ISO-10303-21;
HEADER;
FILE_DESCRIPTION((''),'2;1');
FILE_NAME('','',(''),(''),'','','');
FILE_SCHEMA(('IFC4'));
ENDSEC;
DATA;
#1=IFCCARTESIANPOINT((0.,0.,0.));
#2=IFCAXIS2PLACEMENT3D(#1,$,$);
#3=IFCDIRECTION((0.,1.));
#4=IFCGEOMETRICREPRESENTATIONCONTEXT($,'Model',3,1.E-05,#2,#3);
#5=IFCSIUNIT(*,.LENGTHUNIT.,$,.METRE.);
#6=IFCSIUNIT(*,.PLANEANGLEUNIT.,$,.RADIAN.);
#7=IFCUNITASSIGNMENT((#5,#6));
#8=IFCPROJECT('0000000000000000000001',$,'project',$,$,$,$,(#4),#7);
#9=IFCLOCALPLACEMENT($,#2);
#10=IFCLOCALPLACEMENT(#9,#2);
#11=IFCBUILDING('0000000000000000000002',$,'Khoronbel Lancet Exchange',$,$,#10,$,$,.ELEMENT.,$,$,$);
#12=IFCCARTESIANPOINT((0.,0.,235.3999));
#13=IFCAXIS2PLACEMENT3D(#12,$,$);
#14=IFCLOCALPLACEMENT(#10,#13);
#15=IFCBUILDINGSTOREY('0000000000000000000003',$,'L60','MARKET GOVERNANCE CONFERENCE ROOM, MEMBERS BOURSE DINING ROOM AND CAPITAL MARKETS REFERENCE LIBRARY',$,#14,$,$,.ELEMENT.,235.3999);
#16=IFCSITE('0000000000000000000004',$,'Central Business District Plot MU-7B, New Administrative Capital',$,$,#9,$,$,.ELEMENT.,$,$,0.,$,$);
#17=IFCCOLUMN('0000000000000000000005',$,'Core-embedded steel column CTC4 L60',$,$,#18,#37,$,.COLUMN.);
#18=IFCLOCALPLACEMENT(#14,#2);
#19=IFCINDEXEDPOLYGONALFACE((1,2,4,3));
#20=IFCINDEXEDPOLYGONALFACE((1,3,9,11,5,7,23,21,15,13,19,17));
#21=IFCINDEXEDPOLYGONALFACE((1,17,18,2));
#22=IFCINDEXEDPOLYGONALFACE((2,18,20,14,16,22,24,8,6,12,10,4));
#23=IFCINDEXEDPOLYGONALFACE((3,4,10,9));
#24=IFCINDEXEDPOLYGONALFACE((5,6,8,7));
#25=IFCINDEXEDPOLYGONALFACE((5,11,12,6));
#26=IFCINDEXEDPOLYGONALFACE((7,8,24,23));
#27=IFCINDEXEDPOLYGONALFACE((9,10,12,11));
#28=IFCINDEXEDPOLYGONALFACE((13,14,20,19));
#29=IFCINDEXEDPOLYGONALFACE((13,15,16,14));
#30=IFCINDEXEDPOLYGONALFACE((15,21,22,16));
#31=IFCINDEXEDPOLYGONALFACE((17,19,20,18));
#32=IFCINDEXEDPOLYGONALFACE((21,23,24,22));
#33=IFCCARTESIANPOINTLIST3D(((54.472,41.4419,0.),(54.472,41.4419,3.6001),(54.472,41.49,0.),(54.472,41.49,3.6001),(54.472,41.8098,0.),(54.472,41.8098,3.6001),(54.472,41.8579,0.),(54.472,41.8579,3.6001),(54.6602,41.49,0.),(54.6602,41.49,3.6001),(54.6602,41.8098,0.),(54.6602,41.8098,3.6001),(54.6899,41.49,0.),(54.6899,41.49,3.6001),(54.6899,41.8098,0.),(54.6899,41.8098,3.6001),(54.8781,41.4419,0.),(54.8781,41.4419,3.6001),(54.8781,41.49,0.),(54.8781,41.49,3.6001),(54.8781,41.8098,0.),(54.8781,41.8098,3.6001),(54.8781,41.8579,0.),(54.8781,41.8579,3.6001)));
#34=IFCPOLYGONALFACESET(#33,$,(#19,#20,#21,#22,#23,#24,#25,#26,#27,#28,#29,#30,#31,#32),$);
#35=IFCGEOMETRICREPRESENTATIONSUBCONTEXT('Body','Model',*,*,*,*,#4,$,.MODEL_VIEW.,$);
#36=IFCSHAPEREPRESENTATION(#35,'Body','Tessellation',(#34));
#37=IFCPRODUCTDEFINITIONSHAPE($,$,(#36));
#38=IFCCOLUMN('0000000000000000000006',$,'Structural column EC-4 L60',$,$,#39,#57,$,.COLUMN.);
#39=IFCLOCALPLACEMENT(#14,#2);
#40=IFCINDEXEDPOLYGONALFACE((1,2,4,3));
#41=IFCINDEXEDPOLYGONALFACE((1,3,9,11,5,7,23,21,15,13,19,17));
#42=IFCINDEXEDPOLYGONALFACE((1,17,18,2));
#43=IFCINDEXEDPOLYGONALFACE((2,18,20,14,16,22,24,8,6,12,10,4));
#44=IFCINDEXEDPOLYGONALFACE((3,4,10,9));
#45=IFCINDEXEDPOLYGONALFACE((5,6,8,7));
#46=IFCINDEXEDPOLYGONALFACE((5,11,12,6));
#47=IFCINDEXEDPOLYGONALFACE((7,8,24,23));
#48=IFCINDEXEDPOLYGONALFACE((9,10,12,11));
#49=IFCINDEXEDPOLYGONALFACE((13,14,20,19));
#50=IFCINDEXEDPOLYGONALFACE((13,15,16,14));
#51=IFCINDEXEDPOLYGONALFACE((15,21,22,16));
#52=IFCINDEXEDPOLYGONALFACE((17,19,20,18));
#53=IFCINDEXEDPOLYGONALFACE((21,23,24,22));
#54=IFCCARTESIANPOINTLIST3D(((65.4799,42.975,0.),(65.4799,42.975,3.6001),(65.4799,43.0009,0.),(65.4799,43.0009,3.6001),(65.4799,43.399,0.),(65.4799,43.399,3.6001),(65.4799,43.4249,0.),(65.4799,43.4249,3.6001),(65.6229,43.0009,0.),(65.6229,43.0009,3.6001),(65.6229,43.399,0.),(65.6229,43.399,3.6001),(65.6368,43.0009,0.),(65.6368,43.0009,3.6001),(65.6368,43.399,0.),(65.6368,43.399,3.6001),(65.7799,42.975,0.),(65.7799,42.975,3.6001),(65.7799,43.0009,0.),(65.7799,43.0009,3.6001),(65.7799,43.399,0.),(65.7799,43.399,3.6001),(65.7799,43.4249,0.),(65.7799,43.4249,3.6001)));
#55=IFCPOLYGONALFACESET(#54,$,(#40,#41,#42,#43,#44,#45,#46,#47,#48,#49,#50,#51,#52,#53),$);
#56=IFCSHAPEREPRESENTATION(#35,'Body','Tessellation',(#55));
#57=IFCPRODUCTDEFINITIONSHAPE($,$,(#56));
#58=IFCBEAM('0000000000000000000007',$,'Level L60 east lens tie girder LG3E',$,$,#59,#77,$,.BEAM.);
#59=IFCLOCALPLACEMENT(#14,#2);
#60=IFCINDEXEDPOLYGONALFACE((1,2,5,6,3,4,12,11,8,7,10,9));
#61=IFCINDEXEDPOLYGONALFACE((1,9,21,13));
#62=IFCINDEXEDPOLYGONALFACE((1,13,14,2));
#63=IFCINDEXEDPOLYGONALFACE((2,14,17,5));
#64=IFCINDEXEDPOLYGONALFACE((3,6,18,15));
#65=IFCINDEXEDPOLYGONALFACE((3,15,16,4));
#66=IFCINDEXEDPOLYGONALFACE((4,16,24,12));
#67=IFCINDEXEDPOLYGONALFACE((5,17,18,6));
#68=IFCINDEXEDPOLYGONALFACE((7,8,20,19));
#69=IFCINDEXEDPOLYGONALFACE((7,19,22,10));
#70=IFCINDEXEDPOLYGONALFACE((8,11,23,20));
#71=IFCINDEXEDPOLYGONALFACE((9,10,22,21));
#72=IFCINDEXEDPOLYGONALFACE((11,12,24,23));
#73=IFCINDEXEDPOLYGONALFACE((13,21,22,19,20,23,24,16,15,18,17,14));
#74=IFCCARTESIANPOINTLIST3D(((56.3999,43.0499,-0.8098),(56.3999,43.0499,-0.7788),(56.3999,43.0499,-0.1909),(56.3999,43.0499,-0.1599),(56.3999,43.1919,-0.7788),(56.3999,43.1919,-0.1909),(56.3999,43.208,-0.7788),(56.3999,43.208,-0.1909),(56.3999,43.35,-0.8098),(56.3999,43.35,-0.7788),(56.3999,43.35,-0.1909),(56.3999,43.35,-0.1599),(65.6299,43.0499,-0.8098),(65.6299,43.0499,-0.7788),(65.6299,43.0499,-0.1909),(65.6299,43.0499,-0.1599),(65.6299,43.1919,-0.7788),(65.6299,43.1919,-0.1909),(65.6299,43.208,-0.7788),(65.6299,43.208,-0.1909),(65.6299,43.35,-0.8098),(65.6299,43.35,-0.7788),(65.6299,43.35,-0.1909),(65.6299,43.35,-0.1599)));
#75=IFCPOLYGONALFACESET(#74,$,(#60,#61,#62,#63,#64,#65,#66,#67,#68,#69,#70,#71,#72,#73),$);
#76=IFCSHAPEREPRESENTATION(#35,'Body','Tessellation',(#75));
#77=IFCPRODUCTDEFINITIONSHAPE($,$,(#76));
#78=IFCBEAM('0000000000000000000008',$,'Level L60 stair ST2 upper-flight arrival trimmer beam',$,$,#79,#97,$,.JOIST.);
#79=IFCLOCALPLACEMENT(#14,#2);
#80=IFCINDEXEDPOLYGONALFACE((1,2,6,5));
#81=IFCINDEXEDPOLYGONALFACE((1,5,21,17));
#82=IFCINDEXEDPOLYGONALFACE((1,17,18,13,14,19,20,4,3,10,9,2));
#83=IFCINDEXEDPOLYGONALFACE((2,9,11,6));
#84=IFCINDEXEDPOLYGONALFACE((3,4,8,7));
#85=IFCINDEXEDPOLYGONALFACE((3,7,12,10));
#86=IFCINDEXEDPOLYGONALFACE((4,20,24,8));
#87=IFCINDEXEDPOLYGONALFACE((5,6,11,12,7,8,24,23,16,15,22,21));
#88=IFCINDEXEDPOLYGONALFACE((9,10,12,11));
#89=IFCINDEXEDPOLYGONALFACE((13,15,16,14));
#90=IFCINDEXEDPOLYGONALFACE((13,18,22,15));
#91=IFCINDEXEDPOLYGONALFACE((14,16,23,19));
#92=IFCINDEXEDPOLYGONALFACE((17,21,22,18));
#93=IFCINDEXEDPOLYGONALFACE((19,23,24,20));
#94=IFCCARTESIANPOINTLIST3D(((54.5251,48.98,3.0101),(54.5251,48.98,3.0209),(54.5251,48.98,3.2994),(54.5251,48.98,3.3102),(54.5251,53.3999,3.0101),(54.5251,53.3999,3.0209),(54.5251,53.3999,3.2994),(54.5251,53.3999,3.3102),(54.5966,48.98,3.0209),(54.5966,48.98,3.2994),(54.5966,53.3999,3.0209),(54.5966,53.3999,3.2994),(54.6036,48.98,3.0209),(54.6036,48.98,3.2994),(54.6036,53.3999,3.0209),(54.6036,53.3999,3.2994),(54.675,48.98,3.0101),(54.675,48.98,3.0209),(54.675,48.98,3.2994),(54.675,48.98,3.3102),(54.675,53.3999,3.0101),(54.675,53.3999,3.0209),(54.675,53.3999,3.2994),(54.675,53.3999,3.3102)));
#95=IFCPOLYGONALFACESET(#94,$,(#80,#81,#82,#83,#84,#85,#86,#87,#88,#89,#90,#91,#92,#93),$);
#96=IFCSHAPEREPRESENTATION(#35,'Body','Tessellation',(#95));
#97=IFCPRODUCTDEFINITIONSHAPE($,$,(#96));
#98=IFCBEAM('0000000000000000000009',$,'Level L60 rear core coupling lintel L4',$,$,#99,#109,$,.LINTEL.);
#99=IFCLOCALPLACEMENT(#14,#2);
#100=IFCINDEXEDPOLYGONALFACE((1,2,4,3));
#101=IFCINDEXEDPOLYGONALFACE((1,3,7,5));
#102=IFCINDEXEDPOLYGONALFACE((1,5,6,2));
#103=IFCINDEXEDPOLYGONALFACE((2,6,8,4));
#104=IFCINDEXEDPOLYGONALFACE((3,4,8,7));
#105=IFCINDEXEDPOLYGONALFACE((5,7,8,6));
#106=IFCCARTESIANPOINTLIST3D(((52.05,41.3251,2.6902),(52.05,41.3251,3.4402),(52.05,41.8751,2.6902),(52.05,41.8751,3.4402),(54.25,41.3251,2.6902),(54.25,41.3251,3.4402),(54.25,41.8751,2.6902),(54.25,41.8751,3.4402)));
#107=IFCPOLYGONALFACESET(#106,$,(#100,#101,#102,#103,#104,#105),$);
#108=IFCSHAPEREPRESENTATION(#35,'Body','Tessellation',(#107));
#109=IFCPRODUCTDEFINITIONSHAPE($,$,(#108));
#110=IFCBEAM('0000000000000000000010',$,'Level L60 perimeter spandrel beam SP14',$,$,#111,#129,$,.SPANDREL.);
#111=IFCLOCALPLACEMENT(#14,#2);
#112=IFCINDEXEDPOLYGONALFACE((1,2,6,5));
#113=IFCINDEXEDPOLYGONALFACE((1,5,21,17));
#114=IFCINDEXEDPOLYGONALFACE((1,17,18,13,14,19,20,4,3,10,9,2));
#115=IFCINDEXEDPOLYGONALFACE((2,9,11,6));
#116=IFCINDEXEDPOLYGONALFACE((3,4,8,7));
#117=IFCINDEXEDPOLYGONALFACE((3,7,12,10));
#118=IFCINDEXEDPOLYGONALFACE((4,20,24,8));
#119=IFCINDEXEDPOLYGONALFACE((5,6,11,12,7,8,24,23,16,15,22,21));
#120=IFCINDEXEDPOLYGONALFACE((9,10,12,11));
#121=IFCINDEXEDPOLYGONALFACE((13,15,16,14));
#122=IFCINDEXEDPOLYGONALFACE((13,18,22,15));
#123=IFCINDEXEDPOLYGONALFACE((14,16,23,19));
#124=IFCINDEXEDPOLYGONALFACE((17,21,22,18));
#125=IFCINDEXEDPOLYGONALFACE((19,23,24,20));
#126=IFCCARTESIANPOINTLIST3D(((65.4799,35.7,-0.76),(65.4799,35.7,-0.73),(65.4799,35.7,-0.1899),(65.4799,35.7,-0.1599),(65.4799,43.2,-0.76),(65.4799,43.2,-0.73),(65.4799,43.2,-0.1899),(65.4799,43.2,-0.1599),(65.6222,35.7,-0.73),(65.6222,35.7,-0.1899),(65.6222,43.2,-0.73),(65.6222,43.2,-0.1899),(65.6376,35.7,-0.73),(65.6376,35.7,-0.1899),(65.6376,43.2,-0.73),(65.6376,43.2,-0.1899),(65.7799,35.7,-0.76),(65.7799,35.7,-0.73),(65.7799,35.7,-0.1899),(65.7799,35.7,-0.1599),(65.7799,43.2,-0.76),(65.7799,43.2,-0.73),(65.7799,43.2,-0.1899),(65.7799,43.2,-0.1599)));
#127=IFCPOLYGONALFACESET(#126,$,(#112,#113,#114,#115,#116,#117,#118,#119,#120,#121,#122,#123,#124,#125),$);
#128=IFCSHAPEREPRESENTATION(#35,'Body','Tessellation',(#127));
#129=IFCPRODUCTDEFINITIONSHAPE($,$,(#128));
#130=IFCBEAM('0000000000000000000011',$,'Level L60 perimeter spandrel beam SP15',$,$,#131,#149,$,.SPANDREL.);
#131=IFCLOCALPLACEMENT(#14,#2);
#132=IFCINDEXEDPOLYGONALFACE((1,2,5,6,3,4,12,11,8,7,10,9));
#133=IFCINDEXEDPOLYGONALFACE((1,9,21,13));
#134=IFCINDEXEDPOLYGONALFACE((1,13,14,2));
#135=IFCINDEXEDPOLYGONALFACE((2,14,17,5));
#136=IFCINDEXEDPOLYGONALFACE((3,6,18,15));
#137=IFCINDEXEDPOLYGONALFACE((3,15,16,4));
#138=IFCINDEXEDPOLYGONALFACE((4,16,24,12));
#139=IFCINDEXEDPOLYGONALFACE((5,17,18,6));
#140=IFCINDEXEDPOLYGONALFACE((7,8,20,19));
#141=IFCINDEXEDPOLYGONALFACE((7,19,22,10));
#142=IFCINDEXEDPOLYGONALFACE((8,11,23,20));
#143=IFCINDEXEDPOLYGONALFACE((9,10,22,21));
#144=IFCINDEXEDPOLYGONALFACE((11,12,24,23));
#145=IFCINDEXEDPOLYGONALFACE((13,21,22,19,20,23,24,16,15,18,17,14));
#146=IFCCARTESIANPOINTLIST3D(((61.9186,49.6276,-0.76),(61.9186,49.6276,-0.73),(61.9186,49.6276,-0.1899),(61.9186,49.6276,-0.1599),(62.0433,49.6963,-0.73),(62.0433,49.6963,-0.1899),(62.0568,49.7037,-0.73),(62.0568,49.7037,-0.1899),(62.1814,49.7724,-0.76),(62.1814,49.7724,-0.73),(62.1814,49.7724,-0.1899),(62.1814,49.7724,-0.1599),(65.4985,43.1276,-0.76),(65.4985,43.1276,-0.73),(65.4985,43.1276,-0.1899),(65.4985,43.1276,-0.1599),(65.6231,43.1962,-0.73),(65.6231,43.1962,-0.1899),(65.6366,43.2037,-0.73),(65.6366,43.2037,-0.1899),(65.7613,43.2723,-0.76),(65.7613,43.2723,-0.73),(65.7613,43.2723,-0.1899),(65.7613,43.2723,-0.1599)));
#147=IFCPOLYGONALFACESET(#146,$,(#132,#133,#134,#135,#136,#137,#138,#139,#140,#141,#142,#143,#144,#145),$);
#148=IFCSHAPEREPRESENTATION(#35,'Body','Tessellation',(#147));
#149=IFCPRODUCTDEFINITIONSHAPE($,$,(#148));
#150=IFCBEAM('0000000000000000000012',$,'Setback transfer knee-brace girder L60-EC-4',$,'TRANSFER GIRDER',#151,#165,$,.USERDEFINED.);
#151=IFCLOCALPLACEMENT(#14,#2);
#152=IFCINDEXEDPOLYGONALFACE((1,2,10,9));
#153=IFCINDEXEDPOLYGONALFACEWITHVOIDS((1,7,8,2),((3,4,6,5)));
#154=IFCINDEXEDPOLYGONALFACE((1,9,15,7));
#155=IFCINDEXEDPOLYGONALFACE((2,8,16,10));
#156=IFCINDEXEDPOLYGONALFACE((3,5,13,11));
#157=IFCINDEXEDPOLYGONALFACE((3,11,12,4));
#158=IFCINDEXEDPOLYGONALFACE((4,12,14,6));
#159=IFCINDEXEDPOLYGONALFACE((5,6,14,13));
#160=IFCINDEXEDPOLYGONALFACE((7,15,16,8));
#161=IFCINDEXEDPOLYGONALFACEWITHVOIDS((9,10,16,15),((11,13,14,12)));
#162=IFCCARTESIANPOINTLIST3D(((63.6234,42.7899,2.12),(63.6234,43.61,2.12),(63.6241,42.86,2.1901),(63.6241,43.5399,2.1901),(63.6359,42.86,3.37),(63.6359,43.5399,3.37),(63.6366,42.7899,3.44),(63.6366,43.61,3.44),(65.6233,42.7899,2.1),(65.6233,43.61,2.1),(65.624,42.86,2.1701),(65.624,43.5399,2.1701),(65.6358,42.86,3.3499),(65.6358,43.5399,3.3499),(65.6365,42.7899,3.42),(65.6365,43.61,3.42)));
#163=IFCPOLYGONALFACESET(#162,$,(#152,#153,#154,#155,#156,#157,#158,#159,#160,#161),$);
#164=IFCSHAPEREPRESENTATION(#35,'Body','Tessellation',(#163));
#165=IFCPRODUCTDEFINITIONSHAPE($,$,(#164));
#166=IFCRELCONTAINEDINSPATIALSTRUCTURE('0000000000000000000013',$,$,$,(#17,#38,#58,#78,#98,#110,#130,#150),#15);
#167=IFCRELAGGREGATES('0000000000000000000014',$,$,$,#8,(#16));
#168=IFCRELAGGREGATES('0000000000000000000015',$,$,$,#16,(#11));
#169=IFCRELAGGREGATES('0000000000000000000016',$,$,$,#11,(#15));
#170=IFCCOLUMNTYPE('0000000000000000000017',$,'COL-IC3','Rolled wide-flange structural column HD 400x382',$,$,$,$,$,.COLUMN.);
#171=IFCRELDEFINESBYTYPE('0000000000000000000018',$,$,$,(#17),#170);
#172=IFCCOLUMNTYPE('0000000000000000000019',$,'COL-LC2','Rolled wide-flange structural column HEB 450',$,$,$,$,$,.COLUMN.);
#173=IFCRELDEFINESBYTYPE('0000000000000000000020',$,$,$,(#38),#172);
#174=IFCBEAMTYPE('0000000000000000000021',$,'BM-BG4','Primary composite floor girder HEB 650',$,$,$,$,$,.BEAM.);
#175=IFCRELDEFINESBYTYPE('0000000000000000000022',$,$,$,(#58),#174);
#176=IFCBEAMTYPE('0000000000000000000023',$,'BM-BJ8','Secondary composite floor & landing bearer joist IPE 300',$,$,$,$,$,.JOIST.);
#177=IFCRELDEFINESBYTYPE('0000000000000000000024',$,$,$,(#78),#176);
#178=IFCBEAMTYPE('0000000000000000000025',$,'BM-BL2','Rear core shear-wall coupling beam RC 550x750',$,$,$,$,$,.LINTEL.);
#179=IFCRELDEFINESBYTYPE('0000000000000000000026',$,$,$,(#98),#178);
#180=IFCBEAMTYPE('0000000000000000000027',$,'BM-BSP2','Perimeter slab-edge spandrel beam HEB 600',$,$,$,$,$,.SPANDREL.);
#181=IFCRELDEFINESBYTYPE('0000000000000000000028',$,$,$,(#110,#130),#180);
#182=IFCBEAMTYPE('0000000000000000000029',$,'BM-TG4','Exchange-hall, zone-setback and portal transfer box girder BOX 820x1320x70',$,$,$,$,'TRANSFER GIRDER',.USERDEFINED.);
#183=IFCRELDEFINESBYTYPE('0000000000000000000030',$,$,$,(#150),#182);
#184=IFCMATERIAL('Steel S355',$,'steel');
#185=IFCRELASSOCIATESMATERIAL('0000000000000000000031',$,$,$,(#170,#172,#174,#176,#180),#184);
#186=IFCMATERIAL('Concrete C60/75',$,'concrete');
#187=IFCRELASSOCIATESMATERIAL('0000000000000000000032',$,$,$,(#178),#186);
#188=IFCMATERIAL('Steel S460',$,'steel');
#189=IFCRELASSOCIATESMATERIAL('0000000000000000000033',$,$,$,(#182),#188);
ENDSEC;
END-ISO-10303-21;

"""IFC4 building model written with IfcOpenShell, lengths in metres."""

from ifc_helpers import new_model, si_unit, direction, frame, origin, origin_2d, place, context, subcontext, project, spatial, rectangle, hollow_rectangle, i_section, extrude, material, material_profile, profile_set, type_object, element, save


model = new_model("IFC4")

# Units and contexts
model_context = context("Model", 3, precision=1e-05, world=origin(), true_north=direction((0.0, 1.0)))
body_context = subcontext(model_context, "Body", "Model", "MODEL_VIEW")
ifc_project = project(units=[si_unit("LENGTHUNIT", "METRE"), si_unit("PLANEANGLEUNIT", "RADIAN")], contexts=[model_context])

# Site, building, storey
site_placement = place(None, origin())
site = spatial("IfcSite", under=ifc_project, at=site_placement, Name="Central Business District Plot MU-7B, New Administrative Capital", CompositionType="ELEMENT", RefElevation=0.0)
building_placement = place(site_placement, origin())
building = spatial("IfcBuilding", under=site, at=building_placement, Name="Khoronbel Lancet Exchange", CompositionType="ELEMENT")
storey_placement = place(building_placement, frame((0.0, 0.0, 235.3999)))
storey = spatial("IfcBuildingStorey", under=building, at=storey_placement, Name="L60", Description="MARKET GOVERNANCE CONFERENCE ROOM, MEMBERS BOURSE DINING ROOM AND CAPITAL MARKETS REFERENCE LIBRARY", CompositionType="ELEMENT", Elevation=235.3999)

# Columns
ifc_material_1 = material(Name="Steel S355", Category="steel")
ifc_material_profile_1 = material_profile(ifc_material_1, i_section(OverallWidth=0.406, OverallDepth=0.416, WebThickness=0.0298, FlangeThickness=0.0481, at=origin_2d()), Name="HD 400x382")
ifc_profile_set_1 = profile_set([ifc_material_profile_1], Name="Steel S355")
column_type_1 = type_object("IfcColumnType", Name="COL-IC3", Description="Rolled wide-flange structural column HD 400x382", PredefinedType="COLUMN", material=ifc_profile_set_1)
column_1_placement = place(storey_placement, frame((54.675, 41.6499, 0.0), z_axis=(0.0, 0.0, 1.0), x_axis=(1.0, 0.0, 0.0)))
element("IfcColumn", 1, at=column_1_placement, inside=storey, type_object=column_type_1, Name="Core-embedded steel column CTC4 L60", PredefinedType="COLUMN", context=body_context, shape_type="SweptSolid", body=[
    extrude(i_section(OverallWidth=0.406, OverallDepth=0.416, WebThickness=0.0298, FlangeThickness=0.0481, at=origin_2d()), origin(), (0.0, 0.0, 1.0), 3.6001),
])
ifc_material_profile_2 = material_profile(ifc_material_1, i_section(OverallWidth=0.3, OverallDepth=0.45, WebThickness=0.0139, FlangeThickness=0.0259, at=origin_2d()), Name="HEB 450")
ifc_profile_set_2 = profile_set([ifc_material_profile_2], Name="Steel S355")
column_type_2 = type_object("IfcColumnType", Name="COL-LC2", Description="Rolled wide-flange structural column HEB 450", PredefinedType="COLUMN", material=ifc_profile_set_2)
column_2_placement = place(storey_placement, frame((65.6299, 43.2, 0.0), z_axis=(0.0, 0.0, 1.0), x_axis=(1.0, 0.0, 0.0)))
element("IfcColumn", 2, at=column_2_placement, inside=storey, type_object=column_type_2, Name="Structural column EC-4 L60", PredefinedType="COLUMN", context=body_context, shape_type="SweptSolid", body=[
    extrude(i_section(OverallWidth=0.3, OverallDepth=0.45, WebThickness=0.0139, FlangeThickness=0.0259, at=origin_2d()), origin(), (0.0, 0.0, 1.0), 3.6001),
])

# Beams
ifc_material_profile_3 = material_profile(ifc_material_1, i_section(OverallWidth=0.3, OverallDepth=0.6499, WebThickness=0.0161, FlangeThickness=0.031, at=origin_2d()), Name="HEB 650")
ifc_profile_set_3 = profile_set([ifc_material_profile_3], Name="Steel S355")
beam_type_1 = type_object("IfcBeamType", Name="BM-BG4", Description="Primary composite floor girder HEB 650", PredefinedType="BEAM", material=ifc_profile_set_3)
beam_1_placement = place(storey_placement, frame((56.3999, 43.2, -0.4849), z_axis=(1.0, 0.0, 0.0), x_axis=(0.0, 1.0, 0.0)))
element("IfcBeam", 3, at=beam_1_placement, inside=storey, type_object=beam_type_1, Name="Level L60 east lens tie girder LG3E", PredefinedType="BEAM", context=body_context, shape_type="SweptSolid", body=[
    extrude(i_section(OverallWidth=0.3, OverallDepth=0.6499, WebThickness=0.0161, FlangeThickness=0.031, at=origin_2d()), origin(), (0.0, 0.0, 1.0), 9.23),
])
ifc_material_profile_4 = material_profile(ifc_material_1, i_section(OverallWidth=0.1499, OverallDepth=0.3, WebThickness=0.0071, FlangeThickness=0.0107, at=origin_2d()), Name="IPE 300")
ifc_profile_set_4 = profile_set([ifc_material_profile_4], Name="Steel S355")
beam_type_2 = type_object("IfcBeamType", Name="BM-BJ8", Description="Secondary composite floor & landing bearer joist IPE 300", PredefinedType="JOIST", material=ifc_profile_set_4)
beam_2_placement = place(storey_placement, frame((54.6001, 48.98, 3.1602), z_axis=(0.0, 1.0, 0.0), x_axis=(-1.0, 0.0, 0.0)))
element("IfcBeam", 4, at=beam_2_placement, inside=storey, type_object=beam_type_2, Name="Level L60 stair ST2 upper-flight arrival trimmer beam", PredefinedType="JOIST", context=body_context, shape_type="SweptSolid", body=[
    extrude(i_section(OverallWidth=0.1499, OverallDepth=0.3, WebThickness=0.0071, FlangeThickness=0.0107, at=origin_2d()), origin(), (0.0, 0.0, 1.0), 4.4199),
])
ifc_material_2 = material(Name="Concrete C60/75", Category="concrete")
ifc_material_profile_5 = material_profile(ifc_material_2, rectangle(XDim=0.55, YDim=0.75, at=origin_2d()), Name="RC 550x750")
ifc_profile_set_5 = profile_set([ifc_material_profile_5], Name="Concrete C60/75")
beam_type_3 = type_object("IfcBeamType", Name="BM-BL2", Description="Rear core shear-wall coupling beam RC 550x750", PredefinedType="LINTEL", material=ifc_profile_set_5)
beam_3_placement = place(storey_placement, frame((52.05, 41.6001, 3.0652), z_axis=(1.0, 0.0, 0.0), x_axis=(0.0, 1.0, 0.0)))
element("IfcBeam", 5, at=beam_3_placement, inside=storey, type_object=beam_type_3, Name="Level L60 rear core coupling lintel L4", PredefinedType="LINTEL", context=body_context, shape_type="SweptSolid", body=[
    extrude(rectangle(XDim=0.55, YDim=0.75, at=origin_2d()), origin(), (0.0, 0.0, 1.0), 2.2),
])
ifc_material_profile_6 = material_profile(ifc_material_1, i_section(OverallWidth=0.3, OverallDepth=0.6001, WebThickness=0.0154, FlangeThickness=0.03, at=origin_2d()), Name="HEB 600")
ifc_profile_set_6 = profile_set([ifc_material_profile_6], Name="Steel S355")
beam_type_4 = type_object("IfcBeamType", Name="BM-BSP2", Description="Perimeter slab-edge spandrel beam HEB 600", PredefinedType="SPANDREL", material=ifc_profile_set_6)
beam_4_placement = place(storey_placement, frame((65.6299, 35.7, -0.46), z_axis=(0.0, 1.0, 0.0), x_axis=(-1.0, 0.0, 0.0)))
element("IfcBeam", 6, at=beam_4_placement, inside=storey, type_object=beam_type_4, Name="Level L60 perimeter spandrel beam SP14", PredefinedType="SPANDREL", context=body_context, shape_type="SweptSolid", body=[
    extrude(i_section(OverallWidth=0.3, OverallDepth=0.6001, WebThickness=0.0154, FlangeThickness=0.03, at=origin_2d()), origin(), (0.0, 0.0, 1.0), 7.5),
])
beam_5_placement = place(storey_placement, frame((65.6299, 43.2, -0.46), z_axis=(-0.482419, 0.875941, 0.0), x_axis=(-0.875941, -0.482419, 0.0)))
element("IfcBeam", 7, at=beam_5_placement, inside=storey, type_object=beam_type_4, Name="Level L60 perimeter spandrel beam SP15", PredefinedType="SPANDREL", context=body_context, shape_type="SweptSolid", body=[
    extrude(i_section(OverallWidth=0.3, OverallDepth=0.6001, WebThickness=0.0154, FlangeThickness=0.03, at=origin_2d()), origin(), (0.0, 0.0, 1.0), 7.4207),
])
ifc_material_3 = material(Name="Steel S460", Category="steel")
ifc_material_profile_7 = material_profile(ifc_material_3, hollow_rectangle(XDim=0.8201, YDim=1.3201, WallThickness=0.0701, at=origin_2d()), Name="BOX 820x1320x70")
ifc_profile_set_7 = profile_set([ifc_material_profile_7], Name="Steel S460")
beam_type_5 = type_object("IfcBeamType", Name="BM-TG4", Description="Exchange-hall, zone-setback and portal transfer box girder BOX 820x1320x70", ElementType="TRANSFER GIRDER", PredefinedType="USERDEFINED", material=ifc_profile_set_7)
beam_6_placement = place(storey_placement, frame((65.6299, 43.2, 2.76), z_axis=(-0.99995, 0.0, 0.010009), x_axis=(0.0, -1.0, 0.0)))
element("IfcBeam", 8, at=beam_6_placement, inside=storey, type_object=beam_type_5, Name="Setback transfer knee-brace girder L60-EC-4", ObjectType="TRANSFER GIRDER", PredefinedType="USERDEFINED", context=body_context, shape_type="SweptSolid", body=[
    extrude(hollow_rectangle(XDim=0.8201, YDim=1.3201, WallThickness=0.0701, at=origin_2d()), origin(), (0.0, 0.0, 1.0), 2.0),
])

save(model, "model.ifc")
